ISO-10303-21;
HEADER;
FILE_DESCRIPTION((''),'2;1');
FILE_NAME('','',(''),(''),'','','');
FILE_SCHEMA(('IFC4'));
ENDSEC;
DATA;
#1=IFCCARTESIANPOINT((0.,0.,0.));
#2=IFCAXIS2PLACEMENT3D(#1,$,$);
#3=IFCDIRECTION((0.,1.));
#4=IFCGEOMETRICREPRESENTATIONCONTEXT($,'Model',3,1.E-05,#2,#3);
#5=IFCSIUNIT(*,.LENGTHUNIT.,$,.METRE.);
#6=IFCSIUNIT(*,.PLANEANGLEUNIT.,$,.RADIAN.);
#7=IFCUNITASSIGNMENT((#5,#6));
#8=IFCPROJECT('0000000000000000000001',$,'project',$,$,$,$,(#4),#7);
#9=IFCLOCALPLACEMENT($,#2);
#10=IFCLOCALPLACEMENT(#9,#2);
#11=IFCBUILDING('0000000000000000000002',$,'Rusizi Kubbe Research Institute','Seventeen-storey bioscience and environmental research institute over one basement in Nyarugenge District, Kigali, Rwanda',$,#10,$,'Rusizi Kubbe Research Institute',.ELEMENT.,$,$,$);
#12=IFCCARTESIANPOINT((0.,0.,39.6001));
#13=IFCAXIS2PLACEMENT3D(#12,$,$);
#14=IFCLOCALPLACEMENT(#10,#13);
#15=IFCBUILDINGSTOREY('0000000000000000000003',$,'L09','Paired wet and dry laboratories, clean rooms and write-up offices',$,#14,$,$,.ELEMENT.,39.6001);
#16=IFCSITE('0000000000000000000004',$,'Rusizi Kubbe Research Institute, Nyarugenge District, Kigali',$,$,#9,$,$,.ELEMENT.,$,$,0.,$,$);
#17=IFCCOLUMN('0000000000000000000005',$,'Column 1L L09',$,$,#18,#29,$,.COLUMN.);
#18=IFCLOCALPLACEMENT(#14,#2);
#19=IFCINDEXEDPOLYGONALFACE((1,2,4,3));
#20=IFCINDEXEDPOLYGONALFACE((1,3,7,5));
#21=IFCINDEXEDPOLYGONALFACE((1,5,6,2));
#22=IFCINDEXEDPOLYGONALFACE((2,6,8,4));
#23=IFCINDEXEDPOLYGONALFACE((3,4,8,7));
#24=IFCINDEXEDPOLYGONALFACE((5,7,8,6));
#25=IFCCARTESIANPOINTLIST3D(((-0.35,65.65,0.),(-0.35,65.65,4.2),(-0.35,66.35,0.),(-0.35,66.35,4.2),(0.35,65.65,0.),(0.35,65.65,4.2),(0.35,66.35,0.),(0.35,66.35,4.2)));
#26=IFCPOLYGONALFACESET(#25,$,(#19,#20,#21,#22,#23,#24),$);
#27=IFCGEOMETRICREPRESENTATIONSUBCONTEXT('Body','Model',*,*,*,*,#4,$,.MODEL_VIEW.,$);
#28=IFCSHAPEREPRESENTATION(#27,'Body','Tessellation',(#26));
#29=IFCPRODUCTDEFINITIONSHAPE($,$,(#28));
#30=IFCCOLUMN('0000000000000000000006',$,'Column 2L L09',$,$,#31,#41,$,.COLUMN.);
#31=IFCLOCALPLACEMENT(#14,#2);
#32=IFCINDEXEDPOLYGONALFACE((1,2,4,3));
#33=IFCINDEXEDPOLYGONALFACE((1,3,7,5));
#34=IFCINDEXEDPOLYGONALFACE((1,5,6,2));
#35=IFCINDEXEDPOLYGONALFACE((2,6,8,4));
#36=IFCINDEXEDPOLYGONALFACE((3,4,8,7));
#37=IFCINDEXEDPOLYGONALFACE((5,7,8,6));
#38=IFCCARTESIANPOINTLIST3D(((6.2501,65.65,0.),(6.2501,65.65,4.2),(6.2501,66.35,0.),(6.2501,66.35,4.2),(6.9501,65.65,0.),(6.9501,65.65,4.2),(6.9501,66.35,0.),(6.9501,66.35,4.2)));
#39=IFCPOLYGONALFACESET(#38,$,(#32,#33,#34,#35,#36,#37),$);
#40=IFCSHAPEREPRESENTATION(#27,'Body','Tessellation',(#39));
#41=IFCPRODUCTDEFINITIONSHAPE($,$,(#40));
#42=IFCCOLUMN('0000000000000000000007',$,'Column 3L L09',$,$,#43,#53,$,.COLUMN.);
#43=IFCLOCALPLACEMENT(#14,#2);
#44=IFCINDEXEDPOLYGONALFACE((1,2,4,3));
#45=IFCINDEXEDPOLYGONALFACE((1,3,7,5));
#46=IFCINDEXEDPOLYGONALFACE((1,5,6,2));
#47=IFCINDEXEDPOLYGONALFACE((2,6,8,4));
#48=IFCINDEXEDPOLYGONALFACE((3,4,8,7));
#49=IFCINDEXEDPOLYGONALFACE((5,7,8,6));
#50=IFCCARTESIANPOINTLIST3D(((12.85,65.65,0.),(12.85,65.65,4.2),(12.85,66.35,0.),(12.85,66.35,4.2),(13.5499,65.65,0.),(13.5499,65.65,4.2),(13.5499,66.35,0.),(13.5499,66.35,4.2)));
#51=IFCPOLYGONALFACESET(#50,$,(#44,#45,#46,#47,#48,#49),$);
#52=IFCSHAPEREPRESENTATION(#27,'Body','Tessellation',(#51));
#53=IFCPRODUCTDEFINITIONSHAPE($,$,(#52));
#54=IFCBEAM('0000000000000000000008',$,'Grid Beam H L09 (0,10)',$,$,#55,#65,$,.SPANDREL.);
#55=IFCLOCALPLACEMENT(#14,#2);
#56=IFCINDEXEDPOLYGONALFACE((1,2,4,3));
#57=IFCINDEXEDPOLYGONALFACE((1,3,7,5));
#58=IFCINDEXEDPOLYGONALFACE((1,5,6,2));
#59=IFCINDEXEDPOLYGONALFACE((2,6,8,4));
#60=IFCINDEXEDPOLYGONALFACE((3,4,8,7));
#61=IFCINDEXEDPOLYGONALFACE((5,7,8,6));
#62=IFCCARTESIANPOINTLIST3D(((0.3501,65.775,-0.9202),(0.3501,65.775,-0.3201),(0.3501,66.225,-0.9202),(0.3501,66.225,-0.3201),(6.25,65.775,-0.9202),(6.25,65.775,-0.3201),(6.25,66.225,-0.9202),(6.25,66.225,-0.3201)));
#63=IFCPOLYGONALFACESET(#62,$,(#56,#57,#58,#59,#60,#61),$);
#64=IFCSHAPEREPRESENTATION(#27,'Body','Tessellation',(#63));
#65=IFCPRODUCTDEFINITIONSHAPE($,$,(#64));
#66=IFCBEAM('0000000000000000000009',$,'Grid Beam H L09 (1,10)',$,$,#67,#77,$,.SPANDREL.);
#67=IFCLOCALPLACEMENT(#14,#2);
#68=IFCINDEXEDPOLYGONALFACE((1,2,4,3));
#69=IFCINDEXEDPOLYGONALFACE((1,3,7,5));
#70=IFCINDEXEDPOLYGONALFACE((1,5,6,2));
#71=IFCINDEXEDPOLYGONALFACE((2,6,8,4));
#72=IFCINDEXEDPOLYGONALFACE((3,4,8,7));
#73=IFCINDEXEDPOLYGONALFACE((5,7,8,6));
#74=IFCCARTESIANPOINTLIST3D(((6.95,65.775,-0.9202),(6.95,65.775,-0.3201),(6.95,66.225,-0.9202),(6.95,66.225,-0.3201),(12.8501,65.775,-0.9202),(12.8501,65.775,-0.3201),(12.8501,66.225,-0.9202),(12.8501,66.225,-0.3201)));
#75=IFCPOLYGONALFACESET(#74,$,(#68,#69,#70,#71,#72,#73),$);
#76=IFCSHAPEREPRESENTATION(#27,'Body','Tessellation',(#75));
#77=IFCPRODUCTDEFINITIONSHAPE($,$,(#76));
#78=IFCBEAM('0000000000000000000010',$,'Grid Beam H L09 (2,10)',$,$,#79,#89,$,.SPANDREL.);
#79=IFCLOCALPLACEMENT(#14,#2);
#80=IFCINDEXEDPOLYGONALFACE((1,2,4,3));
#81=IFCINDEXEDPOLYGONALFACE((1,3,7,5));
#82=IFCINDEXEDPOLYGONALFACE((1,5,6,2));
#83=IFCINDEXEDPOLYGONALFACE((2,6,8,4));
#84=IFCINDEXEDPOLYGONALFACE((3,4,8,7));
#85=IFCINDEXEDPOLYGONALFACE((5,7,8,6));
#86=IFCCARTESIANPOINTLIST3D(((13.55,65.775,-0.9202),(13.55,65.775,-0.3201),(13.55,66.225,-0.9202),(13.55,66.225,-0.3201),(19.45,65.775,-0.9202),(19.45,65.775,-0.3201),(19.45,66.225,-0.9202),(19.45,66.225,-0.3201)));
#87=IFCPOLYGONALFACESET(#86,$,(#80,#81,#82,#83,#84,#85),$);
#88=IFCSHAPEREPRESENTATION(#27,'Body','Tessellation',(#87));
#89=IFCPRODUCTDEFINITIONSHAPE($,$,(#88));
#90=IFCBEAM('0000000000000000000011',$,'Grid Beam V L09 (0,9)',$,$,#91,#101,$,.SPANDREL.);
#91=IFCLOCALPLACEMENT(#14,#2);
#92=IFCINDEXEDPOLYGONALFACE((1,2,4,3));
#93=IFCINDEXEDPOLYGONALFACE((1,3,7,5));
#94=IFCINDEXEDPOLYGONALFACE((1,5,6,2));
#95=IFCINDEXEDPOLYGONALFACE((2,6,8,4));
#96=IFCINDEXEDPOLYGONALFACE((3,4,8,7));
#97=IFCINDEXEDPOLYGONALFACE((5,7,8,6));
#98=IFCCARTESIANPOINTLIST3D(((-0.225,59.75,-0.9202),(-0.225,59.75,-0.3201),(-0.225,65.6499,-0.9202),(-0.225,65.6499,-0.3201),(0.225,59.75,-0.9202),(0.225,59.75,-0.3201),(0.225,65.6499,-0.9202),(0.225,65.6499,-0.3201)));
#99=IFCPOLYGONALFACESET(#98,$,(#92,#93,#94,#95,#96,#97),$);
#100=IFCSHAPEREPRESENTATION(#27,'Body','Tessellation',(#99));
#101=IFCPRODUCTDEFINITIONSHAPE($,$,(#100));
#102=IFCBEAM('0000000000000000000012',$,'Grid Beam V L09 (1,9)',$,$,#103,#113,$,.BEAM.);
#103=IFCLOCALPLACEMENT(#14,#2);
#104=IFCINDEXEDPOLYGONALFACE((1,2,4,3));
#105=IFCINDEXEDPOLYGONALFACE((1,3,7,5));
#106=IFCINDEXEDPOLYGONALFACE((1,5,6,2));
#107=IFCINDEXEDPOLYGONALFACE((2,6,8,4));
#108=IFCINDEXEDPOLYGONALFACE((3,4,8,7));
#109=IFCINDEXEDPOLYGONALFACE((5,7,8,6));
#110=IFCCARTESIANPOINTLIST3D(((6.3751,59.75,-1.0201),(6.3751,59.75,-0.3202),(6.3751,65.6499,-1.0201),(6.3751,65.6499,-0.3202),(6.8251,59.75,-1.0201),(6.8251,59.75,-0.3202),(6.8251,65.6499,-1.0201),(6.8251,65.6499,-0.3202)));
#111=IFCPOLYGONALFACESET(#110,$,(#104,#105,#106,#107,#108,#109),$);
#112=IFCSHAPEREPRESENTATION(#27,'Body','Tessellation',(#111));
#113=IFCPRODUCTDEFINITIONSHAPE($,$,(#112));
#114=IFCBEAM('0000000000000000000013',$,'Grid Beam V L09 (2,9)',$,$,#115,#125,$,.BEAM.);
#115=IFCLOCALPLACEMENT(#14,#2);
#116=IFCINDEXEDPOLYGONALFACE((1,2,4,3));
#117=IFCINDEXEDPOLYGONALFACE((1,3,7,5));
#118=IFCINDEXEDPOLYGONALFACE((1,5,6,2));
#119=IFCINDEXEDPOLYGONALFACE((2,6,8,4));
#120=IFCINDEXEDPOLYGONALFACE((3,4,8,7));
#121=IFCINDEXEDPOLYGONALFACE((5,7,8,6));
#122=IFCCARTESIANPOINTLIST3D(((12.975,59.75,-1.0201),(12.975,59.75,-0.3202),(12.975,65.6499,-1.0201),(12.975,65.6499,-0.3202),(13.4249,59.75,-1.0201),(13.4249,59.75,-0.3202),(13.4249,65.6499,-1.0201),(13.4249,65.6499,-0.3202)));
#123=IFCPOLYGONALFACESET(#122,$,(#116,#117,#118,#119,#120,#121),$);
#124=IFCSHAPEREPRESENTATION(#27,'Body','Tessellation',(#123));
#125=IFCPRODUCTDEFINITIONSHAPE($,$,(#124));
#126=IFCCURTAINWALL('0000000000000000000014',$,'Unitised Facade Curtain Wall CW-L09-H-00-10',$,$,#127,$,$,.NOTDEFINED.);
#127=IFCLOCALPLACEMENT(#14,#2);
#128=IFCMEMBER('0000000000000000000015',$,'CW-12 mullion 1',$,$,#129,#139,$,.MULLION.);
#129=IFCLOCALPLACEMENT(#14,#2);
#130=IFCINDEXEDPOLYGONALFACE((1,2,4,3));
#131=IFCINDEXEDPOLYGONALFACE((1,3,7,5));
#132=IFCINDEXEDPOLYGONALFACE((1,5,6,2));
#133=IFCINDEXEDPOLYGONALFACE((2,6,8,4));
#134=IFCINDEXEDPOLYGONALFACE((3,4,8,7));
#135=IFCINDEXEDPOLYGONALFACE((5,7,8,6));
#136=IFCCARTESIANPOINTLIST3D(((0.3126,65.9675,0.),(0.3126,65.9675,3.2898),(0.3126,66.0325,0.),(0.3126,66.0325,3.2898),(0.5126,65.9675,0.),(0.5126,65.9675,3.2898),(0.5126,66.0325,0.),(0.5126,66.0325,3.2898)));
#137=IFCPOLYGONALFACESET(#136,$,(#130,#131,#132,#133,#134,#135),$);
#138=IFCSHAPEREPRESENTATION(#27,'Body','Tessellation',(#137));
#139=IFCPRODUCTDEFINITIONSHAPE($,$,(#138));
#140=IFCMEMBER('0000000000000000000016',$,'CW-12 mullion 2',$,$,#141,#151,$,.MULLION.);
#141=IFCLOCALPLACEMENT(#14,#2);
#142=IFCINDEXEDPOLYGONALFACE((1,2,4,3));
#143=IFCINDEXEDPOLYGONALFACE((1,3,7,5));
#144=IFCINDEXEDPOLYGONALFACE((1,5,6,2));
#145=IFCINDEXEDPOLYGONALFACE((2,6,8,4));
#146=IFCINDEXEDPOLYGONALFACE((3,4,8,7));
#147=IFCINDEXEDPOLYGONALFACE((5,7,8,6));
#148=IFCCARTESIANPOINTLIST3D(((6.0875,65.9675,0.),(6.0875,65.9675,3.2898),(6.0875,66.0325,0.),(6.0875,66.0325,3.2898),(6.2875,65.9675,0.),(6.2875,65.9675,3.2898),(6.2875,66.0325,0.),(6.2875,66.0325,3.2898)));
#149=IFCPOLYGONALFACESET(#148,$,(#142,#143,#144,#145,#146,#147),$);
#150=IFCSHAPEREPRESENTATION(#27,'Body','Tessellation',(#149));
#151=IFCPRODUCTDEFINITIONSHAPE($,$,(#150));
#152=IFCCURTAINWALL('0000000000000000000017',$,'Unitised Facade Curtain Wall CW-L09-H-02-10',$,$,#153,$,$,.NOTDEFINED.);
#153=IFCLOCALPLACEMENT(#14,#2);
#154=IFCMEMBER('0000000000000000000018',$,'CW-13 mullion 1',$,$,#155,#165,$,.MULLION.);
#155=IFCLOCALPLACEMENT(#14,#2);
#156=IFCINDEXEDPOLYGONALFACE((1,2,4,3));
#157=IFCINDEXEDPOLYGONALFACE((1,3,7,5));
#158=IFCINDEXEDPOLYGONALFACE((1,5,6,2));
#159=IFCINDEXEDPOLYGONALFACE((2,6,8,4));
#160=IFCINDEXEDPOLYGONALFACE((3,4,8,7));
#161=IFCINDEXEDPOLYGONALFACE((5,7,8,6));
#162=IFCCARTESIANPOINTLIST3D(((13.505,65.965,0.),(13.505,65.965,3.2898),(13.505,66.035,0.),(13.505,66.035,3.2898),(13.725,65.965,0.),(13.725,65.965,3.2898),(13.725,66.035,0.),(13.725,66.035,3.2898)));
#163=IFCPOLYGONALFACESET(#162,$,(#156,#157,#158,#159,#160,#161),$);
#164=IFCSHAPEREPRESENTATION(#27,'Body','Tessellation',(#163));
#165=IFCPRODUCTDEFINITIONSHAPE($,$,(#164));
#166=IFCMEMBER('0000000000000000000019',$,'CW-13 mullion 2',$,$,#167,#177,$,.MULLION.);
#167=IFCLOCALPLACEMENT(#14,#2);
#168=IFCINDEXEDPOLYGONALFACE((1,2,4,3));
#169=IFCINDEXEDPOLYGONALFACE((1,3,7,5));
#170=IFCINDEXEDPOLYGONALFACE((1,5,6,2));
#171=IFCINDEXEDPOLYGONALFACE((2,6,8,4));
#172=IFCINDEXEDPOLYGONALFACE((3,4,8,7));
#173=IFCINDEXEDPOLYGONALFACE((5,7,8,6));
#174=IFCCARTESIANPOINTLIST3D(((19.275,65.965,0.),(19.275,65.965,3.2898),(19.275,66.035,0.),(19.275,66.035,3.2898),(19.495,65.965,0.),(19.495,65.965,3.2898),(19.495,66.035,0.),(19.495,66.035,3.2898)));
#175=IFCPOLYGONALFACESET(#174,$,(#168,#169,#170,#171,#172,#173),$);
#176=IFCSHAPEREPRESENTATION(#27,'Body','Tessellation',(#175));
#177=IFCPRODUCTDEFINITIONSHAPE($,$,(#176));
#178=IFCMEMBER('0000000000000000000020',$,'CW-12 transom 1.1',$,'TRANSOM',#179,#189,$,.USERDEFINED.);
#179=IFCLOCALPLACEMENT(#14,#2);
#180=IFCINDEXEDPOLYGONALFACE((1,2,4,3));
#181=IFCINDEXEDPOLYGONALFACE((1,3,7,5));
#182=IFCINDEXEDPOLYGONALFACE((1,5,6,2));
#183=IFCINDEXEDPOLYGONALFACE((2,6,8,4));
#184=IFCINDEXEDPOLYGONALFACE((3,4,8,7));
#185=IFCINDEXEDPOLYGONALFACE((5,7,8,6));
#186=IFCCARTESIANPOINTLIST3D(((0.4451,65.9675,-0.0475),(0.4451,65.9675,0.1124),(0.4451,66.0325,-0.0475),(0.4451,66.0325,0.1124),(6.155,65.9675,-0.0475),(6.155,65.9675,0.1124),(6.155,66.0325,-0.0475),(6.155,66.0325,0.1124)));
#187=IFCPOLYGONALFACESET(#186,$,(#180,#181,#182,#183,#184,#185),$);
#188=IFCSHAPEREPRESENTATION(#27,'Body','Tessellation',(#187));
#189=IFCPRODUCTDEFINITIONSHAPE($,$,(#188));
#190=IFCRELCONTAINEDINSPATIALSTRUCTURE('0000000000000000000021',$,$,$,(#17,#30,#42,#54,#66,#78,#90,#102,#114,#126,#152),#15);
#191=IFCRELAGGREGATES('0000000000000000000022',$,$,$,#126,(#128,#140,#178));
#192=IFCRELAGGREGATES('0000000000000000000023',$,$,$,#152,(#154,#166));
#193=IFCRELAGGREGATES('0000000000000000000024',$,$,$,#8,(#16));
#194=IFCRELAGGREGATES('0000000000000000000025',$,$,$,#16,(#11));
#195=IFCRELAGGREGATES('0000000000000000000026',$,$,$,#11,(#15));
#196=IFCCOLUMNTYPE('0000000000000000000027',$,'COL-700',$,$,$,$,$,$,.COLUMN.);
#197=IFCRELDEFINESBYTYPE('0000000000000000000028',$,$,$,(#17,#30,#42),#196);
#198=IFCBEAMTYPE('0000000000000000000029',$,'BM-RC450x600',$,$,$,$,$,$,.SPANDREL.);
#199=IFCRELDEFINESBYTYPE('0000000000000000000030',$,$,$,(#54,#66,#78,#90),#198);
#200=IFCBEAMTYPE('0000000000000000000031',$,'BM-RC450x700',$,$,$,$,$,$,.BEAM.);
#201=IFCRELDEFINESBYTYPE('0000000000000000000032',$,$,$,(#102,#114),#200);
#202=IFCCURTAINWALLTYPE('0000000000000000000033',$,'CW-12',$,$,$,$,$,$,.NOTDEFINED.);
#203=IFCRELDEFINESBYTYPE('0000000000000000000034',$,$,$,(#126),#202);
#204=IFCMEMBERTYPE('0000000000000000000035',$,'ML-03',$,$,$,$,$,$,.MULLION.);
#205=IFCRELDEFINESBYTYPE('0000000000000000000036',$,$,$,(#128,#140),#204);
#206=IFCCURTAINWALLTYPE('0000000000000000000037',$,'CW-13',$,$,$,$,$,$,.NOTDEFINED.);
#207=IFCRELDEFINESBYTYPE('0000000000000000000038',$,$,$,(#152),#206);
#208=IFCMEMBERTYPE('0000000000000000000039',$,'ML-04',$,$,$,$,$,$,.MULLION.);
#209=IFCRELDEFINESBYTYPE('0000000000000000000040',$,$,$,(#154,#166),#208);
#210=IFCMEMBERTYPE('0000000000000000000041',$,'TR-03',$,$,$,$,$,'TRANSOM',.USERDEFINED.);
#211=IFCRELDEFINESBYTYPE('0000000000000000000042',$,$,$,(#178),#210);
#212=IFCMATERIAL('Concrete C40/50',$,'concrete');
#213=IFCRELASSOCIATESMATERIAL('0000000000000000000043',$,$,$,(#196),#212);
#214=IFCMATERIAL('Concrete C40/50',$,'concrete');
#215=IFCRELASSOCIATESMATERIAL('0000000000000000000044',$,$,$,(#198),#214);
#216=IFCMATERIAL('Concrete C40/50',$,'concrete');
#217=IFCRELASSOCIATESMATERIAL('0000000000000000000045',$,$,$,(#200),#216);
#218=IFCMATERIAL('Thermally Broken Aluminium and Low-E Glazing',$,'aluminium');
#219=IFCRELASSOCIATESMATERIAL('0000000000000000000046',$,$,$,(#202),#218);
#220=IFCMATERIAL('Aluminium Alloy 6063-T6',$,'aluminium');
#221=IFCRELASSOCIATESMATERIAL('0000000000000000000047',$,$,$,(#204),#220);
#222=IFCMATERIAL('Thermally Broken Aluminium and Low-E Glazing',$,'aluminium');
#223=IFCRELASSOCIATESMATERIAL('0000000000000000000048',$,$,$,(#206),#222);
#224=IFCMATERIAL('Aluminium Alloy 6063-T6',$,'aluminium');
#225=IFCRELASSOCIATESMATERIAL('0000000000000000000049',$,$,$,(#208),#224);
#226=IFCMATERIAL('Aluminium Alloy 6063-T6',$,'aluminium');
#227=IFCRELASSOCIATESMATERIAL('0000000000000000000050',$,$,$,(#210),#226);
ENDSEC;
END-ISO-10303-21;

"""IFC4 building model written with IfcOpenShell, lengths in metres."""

from ifc_helpers import new_model, si_unit, direction, frame, origin, origin_2d, place, context, subcontext, project, spatial, rectangle, extrude, material, material_profile, profile_set, type_object, element, aggregate, save


model = new_model("IFC4")

# Units and contexts
model_context = context("Model", 3, precision=1e-05, world=origin(), true_north=direction((0.0, 1.0)))
body_context = subcontext(model_context, "Body", "Model", "MODEL_VIEW")
ifc_project = project(units=[si_unit("LENGTHUNIT", "METRE"), si_unit("PLANEANGLEUNIT", "RADIAN")], contexts=[model_context])

# Site, building, storey
site_placement = place(None, origin())
site = spatial("IfcSite", under=ifc_project, at=site_placement, Name="Rusizi Kubbe Research Institute, Nyarugenge District, Kigali", CompositionType="ELEMENT", RefElevation=0.0)
building_placement = place(site_placement, origin())
building = spatial("IfcBuilding", under=site, at=building_placement, Name="Rusizi Kubbe Research Institute", Description="Seventeen-storey bioscience and environmental research institute over one basement in Nyarugenge District, Kigali, Rwanda", LongName="Rusizi Kubbe Research Institute", CompositionType="ELEMENT")
storey_placement = place(building_placement, frame((0.0, 0.0, 39.6001)))
storey = spatial("IfcBuildingStorey", under=building, at=storey_placement, Name="L09", Description="Paired wet and dry laboratories, clean rooms and write-up offices", CompositionType="ELEMENT", Elevation=39.6001)

# Columns
ifc_material_1 = material(Name="Concrete C40/50", Category="concrete")
ifc_material_profile_1 = material_profile(ifc_material_1, rectangle(XDim=0.7, YDim=0.7, at=origin_2d()), Name="RC700x700")
ifc_profile_set_1 = profile_set([ifc_material_profile_1], Name="Concrete C40/50")
column_type = type_object("IfcColumnType", Name="COL-700", PredefinedType="COLUMN", material=ifc_profile_set_1)
for number, where, z_axis, x_axis, name in (
    (1, (0.0, 66.0, 0.0), (0.0, 0.0, 1.0), (1.0, 0.0, 0.0), "Column 1L L09"),
    (2, (6.6001, 66.0, 0.0), (0.0, 0.0, 1.0), (1.0, 0.0, 0.0), "Column 2L L09"),
    (3, (13.2, 66.0, 0.0), (0.0, 0.0, 1.0), (1.0, 0.0, 0.0), "Column 3L L09"),
):
    element("IfcColumn", number, at=place(storey_placement, frame(where, z_axis=z_axis, x_axis=x_axis)), inside=storey, type_object=column_type, Name=name, PredefinedType="COLUMN", context=body_context, shape_type="SweptSolid", body=[
        extrude(rectangle(XDim=0.7, YDim=0.7, at=origin_2d()), origin(), (0.0, 0.0, 1.0), 4.2),
    ])

# Beams
ifc_material_2 = material(Name="Concrete C40/50", Category="concrete")
ifc_material_profile_2 = material_profile(ifc_material_2, rectangle(XDim=0.45, YDim=0.6001, at=origin_2d()), Name="RC450x600")
ifc_profile_set_2 = profile_set([ifc_material_profile_2], Name="Concrete C40/50")
beam_type_1 = type_object("IfcBeamType", Name="BM-RC450x600", PredefinedType="SPANDREL", material=ifc_profile_set_2)
beam_1_placement = place(storey_placement, frame((0.3501, 66.0, -0.6201), z_axis=(1.0, 0.0, 0.0), x_axis=(0.0, 1.0, 0.0)))
element("IfcBeam", 4, at=beam_1_placement, inside=storey, type_object=beam_type_1, Name="Grid Beam H L09 (0,10)", PredefinedType="SPANDREL", context=body_context, shape_type="SweptSolid", body=[
    extrude(rectangle(XDim=0.45, YDim=0.6001, at=origin_2d()), origin(), (0.0, 0.0, 1.0), 5.8999),
])
beam_2_placement = place(storey_placement, frame((6.95, 66.0, -0.6201), z_axis=(1.0, 0.0, 0.0), x_axis=(0.0, 1.0, 0.0)))
element("IfcBeam", 5, at=beam_2_placement, inside=storey, type_object=beam_type_1, Name="Grid Beam H L09 (1,10)", PredefinedType="SPANDREL", context=body_context, shape_type="SweptSolid", body=[
    extrude(rectangle(XDim=0.45, YDim=0.6001, at=origin_2d()), origin(), (0.0, 0.0, 1.0), 5.9001),
])
for number, where, z_axis, x_axis, name in (
    (6, (13.55, 66.0, -0.6201), (1.0, 0.0, 0.0), (0.0, 1.0, 0.0), "Grid Beam H L09 (2,10)"),
    (7, (0.0, 59.75, -0.6201), (0.0, 1.0, 0.0), (-1.0, 0.0, 0.0), "Grid Beam V L09 (0,9)"),
):
    element("IfcBeam", number, at=place(storey_placement, frame(where, z_axis=z_axis, x_axis=x_axis)), inside=storey, type_object=beam_type_1, Name=name, PredefinedType="SPANDREL", context=body_context, shape_type="SweptSolid", body=[
        extrude(rectangle(XDim=0.45, YDim=0.6001, at=origin_2d()), origin(), (0.0, 0.0, 1.0), 5.8999),
    ])
ifc_material_3 = material(Name="Concrete C40/50", Category="concrete")
ifc_material_profile_3 = material_profile(ifc_material_3, rectangle(XDim=0.45, YDim=0.7, at=origin_2d()), Name="RC450x700B")
ifc_profile_set_3 = profile_set([ifc_material_profile_3], Name="Concrete C40/50")
beam_type_2 = type_object("IfcBeamType", Name="BM-RC450x700", PredefinedType="BEAM", material=ifc_profile_set_3)
for number, where, z_axis, x_axis, name in (
    (8, (6.6001, 59.75, -0.6702), (0.0, 1.0, 0.0), (-1.0, 0.0, 0.0), "Grid Beam V L09 (1,9)"),
    (9, (13.2, 59.75, -0.6702), (0.0, 1.0, 0.0), (-1.0, 0.0, 0.0), "Grid Beam V L09 (2,9)"),
):
    element("IfcBeam", number, at=place(storey_placement, frame(where, z_axis=z_axis, x_axis=x_axis)), inside=storey, type_object=beam_type_2, Name=name, PredefinedType="BEAM", context=body_context, shape_type="SweptSolid", body=[
        extrude(rectangle(XDim=0.45, YDim=0.7, at=origin_2d()), origin(), (0.0, 0.0, 1.0), 5.8999),
    ])

# Curtain walls, members
ifc_material_4 = material(Name="Thermally Broken Aluminium and Low-E Glazing", Category="aluminium")
curtain_wall_type_1 = type_object("IfcCurtainWallType", Name="CW-12", PredefinedType="NOTDEFINED", material=ifc_material_4)
curtain_wall_1_placement = place(storey_placement, origin())
curtain_wall_1 = element("IfcCurtainWall", 10, at=curtain_wall_1_placement, inside=storey, type_object=curtain_wall_type_1, Name="Unitised Facade Curtain Wall CW-L09-H-00-10", PredefinedType="NOTDEFINED")
ifc_material_5 = material(Name="Aluminium Alloy 6063-T6", Category="aluminium")
ifc_material_profile_4 = material_profile(ifc_material_5, rectangle(XDim=0.0649, YDim=0.2, at=origin_2d()), Name="ALU-M 65x200")
ifc_profile_set_4 = profile_set([ifc_material_profile_4], Name="Aluminium Alloy 6063-T6")
member_type_1 = type_object("IfcMemberType", Name="ML-03", PredefinedType="MULLION", material=ifc_profile_set_4)
member_1_placement = place(storey_placement, frame((0.4126, 66.0, 0.0), z_axis=(0.0, 0.0, 1.0), x_axis=(0.0, 1.0, 0.0)))
member_1 = element("IfcMember", 11, at=member_1_placement, type_object=member_type_1, Name="CW-12 mullion 1", PredefinedType="MULLION", context=body_context, shape_type="SweptSolid", body=[
    extrude(rectangle(XDim=0.0649, YDim=0.2, at=origin_2d()), origin(), (0.0, 0.0, 1.0), 3.2898),
])
member_2_placement = place(storey_placement, frame((6.1875, 66.0, 0.0), z_axis=(0.0, 0.0, 1.0), x_axis=(0.0, 1.0, 0.0)))
member_2 = element("IfcMember", 12, at=member_2_placement, type_object=member_type_1, Name="CW-12 mullion 2", PredefinedType="MULLION", context=body_context, shape_type="SweptSolid", body=[
    extrude(rectangle(XDim=0.0649, YDim=0.2, at=origin_2d()), origin(), (0.0, 0.0, 1.0), 3.2898),
])
ifc_material_6 = material(Name="Thermally Broken Aluminium and Low-E Glazing", Category="aluminium")
curtain_wall_type_2 = type_object("IfcCurtainWallType", Name="CW-13", PredefinedType="NOTDEFINED", material=ifc_material_6)
curtain_wall_2_placement = place(storey_placement, origin())
curtain_wall_2 = element("IfcCurtainWall", 13, at=curtain_wall_2_placement, inside=storey, type_object=curtain_wall_type_2, Name="Unitised Facade Curtain Wall CW-L09-H-02-10", PredefinedType="NOTDEFINED")
ifc_material_7 = material(Name="Aluminium Alloy 6063-T6", Category="aluminium")
ifc_material_profile_5 = material_profile(ifc_material_7, rectangle(XDim=0.0701, YDim=0.22, at=origin_2d()), Name="ALU-M 70x220")
ifc_profile_set_5 = profile_set([ifc_material_profile_5], Name="Aluminium Alloy 6063-T6")
member_type_2 = type_object("IfcMemberType", Name="ML-04", PredefinedType="MULLION", material=ifc_profile_set_5)
member_3_placement = place(storey_placement, frame((13.615, 66.0, 0.0), z_axis=(0.0, 0.0, 1.0), x_axis=(0.0, 1.0, 0.0)))
member_3 = element("IfcMember", 14, at=member_3_placement, type_object=member_type_2, Name="CW-13 mullion 1", PredefinedType="MULLION", context=body_context, shape_type="SweptSolid", body=[
    extrude(rectangle(XDim=0.0701, YDim=0.22, at=origin_2d()), origin(), (0.0, 0.0, 1.0), 3.2898),
])
member_4_placement = place(storey_placement, frame((19.385, 66.0, 0.0), z_axis=(0.0, 0.0, 1.0), x_axis=(0.0, 1.0, 0.0)))
member_4 = element("IfcMember", 15, at=member_4_placement, type_object=member_type_2, Name="CW-13 mullion 2", PredefinedType="MULLION", context=body_context, shape_type="SweptSolid", body=[
    extrude(rectangle(XDim=0.0701, YDim=0.22, at=origin_2d()), origin(), (0.0, 0.0, 1.0), 3.2898),
])

# Member
ifc_material_8 = material(Name="Aluminium Alloy 6063-T6", Category="aluminium")
ifc_material_profile_6 = material_profile(ifc_material_8, rectangle(XDim=0.0649, YDim=0.1599, at=origin_2d()), Name="ALU-T 65x160")
ifc_profile_set_6 = profile_set([ifc_material_profile_6], Name="Aluminium Alloy 6063-T6")
member_type_3 = type_object("IfcMemberType", Name="TR-03", ElementType="TRANSOM", PredefinedType="USERDEFINED", material=ifc_profile_set_6)
member_5_placement = place(storey_placement, frame((0.4451, 66.0, 0.0325), z_axis=(1.0, 0.0, 0.0), x_axis=(0.0, 1.0, 0.0)))
member_5 = element("IfcMember", 16, at=member_5_placement, type_object=member_type_3, Name="CW-12 transom 1.1", ObjectType="TRANSOM", PredefinedType="USERDEFINED", context=body_context, shape_type="SweptSolid", body=[
    extrude(rectangle(XDim=0.0649, YDim=0.1599, at=origin_2d()), origin(), (0.0, 0.0, 1.0), 5.71),
])

aggregate(curtain_wall_1, [member_1, member_2, member_5])
aggregate(curtain_wall_2, [member_3, member_4])

save(model, "model.ifc")
